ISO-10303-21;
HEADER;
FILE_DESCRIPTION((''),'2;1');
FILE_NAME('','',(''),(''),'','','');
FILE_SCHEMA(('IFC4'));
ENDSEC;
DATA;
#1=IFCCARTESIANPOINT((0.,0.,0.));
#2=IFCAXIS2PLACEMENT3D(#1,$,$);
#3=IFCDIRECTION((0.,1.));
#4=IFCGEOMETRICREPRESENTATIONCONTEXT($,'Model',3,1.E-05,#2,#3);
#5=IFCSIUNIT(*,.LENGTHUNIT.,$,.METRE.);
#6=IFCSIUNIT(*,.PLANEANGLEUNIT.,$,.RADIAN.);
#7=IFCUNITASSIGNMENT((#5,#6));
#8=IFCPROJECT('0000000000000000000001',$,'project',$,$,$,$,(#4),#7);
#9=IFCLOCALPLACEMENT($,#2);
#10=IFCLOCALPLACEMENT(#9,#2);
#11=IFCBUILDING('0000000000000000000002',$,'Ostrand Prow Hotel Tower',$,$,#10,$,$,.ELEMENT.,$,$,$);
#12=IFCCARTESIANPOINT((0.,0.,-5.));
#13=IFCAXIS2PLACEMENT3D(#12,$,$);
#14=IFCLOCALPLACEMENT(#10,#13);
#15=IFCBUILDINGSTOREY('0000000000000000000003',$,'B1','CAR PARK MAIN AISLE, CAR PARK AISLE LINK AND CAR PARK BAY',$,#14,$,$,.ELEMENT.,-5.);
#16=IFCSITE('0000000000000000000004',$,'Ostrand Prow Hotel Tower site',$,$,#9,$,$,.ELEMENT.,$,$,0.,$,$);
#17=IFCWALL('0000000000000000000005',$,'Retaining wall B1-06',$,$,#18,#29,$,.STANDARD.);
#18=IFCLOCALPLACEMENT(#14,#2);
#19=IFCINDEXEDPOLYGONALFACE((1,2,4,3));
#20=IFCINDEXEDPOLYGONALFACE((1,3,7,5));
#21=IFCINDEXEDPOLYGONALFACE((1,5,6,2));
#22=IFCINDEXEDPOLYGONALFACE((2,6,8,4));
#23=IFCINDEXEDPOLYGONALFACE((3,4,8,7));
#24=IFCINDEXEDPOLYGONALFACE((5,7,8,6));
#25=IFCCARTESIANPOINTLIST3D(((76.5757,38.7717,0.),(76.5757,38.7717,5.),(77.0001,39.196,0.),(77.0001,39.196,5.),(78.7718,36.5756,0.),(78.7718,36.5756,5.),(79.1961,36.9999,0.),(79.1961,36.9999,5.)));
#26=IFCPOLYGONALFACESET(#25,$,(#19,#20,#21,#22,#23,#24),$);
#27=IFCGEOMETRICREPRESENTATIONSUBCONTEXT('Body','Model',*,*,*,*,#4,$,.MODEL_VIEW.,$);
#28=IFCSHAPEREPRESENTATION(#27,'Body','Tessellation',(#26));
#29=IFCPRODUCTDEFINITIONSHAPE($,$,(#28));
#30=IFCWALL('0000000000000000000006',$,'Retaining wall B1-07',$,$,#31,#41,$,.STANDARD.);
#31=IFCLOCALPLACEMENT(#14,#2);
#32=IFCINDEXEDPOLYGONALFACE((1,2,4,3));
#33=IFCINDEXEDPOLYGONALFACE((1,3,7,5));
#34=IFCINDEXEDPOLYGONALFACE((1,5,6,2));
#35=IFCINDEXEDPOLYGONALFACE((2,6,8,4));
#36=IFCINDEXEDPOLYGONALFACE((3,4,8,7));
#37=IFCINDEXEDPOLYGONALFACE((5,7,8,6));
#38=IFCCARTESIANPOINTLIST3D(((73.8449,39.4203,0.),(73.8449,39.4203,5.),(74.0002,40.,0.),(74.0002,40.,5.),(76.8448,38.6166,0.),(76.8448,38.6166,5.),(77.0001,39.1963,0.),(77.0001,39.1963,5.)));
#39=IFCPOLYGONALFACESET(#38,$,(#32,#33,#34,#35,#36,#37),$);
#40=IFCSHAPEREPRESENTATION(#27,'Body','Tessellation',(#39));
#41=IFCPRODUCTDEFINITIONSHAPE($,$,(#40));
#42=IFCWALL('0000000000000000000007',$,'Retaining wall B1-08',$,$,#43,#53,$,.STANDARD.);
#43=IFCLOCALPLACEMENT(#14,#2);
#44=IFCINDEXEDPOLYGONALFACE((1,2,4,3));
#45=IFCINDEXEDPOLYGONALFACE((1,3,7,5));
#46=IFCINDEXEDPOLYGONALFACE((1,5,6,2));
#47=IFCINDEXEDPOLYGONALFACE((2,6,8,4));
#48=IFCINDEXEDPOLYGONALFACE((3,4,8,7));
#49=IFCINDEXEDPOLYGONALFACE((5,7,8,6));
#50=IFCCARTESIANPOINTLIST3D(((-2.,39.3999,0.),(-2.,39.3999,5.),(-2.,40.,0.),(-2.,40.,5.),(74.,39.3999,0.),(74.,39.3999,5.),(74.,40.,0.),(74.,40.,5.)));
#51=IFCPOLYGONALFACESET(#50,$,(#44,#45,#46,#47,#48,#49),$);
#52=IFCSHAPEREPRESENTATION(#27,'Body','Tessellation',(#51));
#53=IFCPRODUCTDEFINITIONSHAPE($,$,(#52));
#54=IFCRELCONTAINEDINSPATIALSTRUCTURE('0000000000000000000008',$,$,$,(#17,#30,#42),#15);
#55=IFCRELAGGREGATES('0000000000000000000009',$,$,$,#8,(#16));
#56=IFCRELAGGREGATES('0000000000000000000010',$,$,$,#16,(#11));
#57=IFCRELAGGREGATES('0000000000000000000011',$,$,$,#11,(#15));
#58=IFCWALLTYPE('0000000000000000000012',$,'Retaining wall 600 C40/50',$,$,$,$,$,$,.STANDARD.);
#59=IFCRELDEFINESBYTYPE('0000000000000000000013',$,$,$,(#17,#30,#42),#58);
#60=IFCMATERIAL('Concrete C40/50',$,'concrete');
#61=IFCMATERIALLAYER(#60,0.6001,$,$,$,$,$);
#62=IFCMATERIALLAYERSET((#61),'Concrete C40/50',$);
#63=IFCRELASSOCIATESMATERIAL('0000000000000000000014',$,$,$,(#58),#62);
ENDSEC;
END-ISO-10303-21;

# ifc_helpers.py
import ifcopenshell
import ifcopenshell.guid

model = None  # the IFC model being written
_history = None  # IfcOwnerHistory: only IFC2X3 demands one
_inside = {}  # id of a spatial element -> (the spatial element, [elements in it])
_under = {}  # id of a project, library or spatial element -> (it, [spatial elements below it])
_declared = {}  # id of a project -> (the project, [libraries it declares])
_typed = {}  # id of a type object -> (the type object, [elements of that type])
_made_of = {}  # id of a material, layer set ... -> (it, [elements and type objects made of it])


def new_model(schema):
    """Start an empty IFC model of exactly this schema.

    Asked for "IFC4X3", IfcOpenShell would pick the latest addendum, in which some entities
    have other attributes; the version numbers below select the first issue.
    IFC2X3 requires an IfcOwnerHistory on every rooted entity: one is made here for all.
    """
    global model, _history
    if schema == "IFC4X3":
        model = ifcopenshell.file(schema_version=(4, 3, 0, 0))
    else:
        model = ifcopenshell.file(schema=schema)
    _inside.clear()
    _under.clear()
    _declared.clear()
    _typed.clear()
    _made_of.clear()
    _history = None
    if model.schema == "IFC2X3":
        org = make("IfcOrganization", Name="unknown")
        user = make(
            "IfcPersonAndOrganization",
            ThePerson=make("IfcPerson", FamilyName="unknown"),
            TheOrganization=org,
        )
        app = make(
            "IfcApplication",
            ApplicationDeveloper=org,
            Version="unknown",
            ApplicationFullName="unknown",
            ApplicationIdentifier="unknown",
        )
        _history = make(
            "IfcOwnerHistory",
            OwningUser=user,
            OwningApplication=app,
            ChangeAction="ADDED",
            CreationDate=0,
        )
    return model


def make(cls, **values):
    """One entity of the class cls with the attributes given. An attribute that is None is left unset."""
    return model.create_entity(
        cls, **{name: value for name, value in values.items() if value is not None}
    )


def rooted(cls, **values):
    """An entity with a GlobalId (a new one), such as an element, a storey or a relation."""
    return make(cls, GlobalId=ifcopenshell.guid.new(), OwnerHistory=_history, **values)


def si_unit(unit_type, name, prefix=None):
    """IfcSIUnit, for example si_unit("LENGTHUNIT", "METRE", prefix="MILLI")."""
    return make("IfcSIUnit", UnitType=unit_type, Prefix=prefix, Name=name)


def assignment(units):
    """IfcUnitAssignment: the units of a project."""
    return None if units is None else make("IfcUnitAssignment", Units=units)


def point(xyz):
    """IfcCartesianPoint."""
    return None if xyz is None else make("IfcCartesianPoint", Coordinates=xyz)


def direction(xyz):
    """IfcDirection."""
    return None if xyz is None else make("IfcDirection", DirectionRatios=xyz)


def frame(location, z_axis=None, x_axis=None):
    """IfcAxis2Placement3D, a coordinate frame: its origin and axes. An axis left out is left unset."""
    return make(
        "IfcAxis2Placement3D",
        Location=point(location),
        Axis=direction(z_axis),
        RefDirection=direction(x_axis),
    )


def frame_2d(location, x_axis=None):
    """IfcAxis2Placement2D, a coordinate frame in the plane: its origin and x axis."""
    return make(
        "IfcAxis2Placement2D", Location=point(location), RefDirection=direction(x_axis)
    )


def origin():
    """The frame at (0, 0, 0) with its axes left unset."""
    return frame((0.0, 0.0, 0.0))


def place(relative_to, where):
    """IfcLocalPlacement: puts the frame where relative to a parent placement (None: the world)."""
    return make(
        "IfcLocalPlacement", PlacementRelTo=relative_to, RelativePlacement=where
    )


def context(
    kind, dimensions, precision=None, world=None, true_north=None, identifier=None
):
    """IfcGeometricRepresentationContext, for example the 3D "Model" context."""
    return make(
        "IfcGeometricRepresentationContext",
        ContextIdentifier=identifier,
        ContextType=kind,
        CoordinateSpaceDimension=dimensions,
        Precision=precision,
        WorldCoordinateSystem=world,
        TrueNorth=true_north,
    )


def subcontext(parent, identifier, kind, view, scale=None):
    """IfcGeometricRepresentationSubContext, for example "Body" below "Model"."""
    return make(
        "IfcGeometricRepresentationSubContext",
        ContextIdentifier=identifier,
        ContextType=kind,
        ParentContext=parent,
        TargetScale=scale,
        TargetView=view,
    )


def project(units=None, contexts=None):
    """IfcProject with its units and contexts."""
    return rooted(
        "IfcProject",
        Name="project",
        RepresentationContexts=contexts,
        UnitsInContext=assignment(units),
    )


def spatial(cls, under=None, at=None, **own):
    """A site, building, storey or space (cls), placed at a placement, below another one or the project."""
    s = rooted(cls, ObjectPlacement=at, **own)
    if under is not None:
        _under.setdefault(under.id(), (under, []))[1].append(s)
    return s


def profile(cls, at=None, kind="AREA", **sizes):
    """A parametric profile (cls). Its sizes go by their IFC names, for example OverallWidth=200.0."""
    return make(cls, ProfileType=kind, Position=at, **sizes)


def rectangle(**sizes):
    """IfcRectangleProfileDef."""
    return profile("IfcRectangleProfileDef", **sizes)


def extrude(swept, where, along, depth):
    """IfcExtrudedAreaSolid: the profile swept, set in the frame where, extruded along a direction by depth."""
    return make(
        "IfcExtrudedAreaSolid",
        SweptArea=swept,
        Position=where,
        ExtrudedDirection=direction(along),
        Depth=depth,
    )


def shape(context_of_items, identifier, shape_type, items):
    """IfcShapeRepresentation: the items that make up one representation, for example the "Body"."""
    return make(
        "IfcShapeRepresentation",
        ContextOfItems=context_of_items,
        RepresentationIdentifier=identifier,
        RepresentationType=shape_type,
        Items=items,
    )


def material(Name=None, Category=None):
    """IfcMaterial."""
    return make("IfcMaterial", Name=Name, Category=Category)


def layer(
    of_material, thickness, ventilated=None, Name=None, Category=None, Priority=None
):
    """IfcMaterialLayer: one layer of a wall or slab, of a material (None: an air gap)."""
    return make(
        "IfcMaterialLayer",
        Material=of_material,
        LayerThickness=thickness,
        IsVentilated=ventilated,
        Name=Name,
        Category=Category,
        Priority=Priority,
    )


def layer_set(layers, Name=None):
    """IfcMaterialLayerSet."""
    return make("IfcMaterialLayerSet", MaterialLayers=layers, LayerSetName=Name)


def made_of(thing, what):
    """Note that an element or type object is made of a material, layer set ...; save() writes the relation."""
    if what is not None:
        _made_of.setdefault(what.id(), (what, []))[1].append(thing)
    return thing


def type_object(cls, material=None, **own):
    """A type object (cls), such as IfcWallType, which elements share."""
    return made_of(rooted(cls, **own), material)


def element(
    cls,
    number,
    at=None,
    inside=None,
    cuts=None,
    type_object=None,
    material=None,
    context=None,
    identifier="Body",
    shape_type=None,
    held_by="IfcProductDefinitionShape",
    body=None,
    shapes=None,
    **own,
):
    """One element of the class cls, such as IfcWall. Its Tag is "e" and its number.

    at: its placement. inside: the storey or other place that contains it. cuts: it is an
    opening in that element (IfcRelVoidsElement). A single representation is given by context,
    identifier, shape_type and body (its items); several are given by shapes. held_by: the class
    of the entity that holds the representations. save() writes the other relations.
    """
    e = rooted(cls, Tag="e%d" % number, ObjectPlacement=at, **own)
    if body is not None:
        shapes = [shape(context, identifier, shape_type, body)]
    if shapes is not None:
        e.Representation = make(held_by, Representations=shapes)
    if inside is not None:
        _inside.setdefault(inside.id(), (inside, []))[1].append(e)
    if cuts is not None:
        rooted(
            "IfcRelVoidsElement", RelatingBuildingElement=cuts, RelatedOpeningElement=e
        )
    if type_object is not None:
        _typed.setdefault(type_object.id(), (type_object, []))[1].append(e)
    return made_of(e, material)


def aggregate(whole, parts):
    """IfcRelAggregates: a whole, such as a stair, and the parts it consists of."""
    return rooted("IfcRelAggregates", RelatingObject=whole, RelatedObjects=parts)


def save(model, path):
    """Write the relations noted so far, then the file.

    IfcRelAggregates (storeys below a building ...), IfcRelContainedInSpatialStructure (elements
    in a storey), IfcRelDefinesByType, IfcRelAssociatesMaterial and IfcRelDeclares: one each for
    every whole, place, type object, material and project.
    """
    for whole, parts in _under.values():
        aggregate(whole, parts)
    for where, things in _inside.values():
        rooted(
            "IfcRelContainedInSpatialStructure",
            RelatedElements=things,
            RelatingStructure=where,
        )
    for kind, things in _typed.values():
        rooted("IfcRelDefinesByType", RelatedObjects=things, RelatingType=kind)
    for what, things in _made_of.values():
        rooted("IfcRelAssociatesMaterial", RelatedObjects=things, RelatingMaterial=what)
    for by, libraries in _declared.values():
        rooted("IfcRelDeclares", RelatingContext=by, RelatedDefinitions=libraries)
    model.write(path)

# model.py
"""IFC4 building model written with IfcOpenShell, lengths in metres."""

from ifc_helpers import new_model, si_unit, direction, frame, frame_2d, origin, place, context, subcontext, project, spatial, rectangle, extrude, material, layer, layer_set, type_object, element, save


model = new_model("IFC4")

# Units and contexts
model_context = context("Model", 3, precision=1e-05, world=origin(), true_north=direction((0.0, 1.0)))
body_context = subcontext(model_context, "Body", "Model", "MODEL_VIEW")
ifc_project = project(units=[si_unit("LENGTHUNIT", "METRE"), si_unit("PLANEANGLEUNIT", "RADIAN")], contexts=[model_context])

# Site, building, storey
site_placement = place(None, origin())
site = spatial("IfcSite", under=ifc_project, at=site_placement, Name="Ostrand Prow Hotel Tower site", CompositionType="ELEMENT", RefElevation=0.0)
building_placement = place(site_placement, origin())
building = spatial("IfcBuilding", under=site, at=building_placement, Name="Ostrand Prow Hotel Tower", CompositionType="ELEMENT")
storey_placement = place(building_placement, frame((0.0, 0.0, -5.0)))
storey = spatial("IfcBuildingStorey", under=building, at=storey_placement, Name="B1", Description="CAR PARK MAIN AISLE, CAR PARK AISLE LINK AND CAR PARK BAY", CompositionType="ELEMENT", Elevation=-5.0)

# Walls
ifc_material_1 = material(Name="Concrete C40/50", Category="concrete")
ifc_layer_1 = layer(ifc_material_1, 0.6001)
ifc_layer_set_1 = layer_set([ifc_layer_1], Name="Concrete C40/50")
wall_type_1 = type_object("IfcWallType", Name="Retaining wall 600 C40/50", PredefinedType="STANDARD", material=ifc_layer_set_1)
for number, where, z_axis, x_axis, name in (
    (1, (78.9839, 36.7878, 0.0), (0.0, 0.0, 1.0), (-0.707107, 0.707107, 0.0), "Retaining wall B1-06"),
    (2, (76.9224, 38.9065, 0.0), (0.0, 0.0, 1.0), (-0.965937, 0.258778, 0.0), "Retaining wall B1-07"),
):
    element("IfcWall", number, at=place(storey_placement, frame(where, z_axis=z_axis, x_axis=x_axis)), inside=storey, type_object=wall_type_1, Name=name, PredefinedType="STANDARD", context=body_context, shape_type="SweptSolid", body=[
        extrude(rectangle(XDim=3.1057, YDim=0.6001, at=frame_2d((1.5527, 0.0))), origin(), (0.0, 0.0, 1.0), 5.0),
    ])
wall_1_placement = place(storey_placement, frame((74.0, 39.7, 0.0), z_axis=(0.0, 0.0, 1.0), x_axis=(-1.0, 0.0, 0.0)))
element("IfcWall", 3, at=wall_1_placement, inside=storey, type_object=wall_type_1, Name="Retaining wall B1-08", PredefinedType="STANDARD", context=body_context, shape_type="SweptSolid", body=[
    extrude(rectangle(XDim=76.0, YDim=0.6001, at=frame_2d((38.0, 0.0))), origin(), (0.0, 0.0, 1.0), 5.0),
])

save(model, "model.ifc")
